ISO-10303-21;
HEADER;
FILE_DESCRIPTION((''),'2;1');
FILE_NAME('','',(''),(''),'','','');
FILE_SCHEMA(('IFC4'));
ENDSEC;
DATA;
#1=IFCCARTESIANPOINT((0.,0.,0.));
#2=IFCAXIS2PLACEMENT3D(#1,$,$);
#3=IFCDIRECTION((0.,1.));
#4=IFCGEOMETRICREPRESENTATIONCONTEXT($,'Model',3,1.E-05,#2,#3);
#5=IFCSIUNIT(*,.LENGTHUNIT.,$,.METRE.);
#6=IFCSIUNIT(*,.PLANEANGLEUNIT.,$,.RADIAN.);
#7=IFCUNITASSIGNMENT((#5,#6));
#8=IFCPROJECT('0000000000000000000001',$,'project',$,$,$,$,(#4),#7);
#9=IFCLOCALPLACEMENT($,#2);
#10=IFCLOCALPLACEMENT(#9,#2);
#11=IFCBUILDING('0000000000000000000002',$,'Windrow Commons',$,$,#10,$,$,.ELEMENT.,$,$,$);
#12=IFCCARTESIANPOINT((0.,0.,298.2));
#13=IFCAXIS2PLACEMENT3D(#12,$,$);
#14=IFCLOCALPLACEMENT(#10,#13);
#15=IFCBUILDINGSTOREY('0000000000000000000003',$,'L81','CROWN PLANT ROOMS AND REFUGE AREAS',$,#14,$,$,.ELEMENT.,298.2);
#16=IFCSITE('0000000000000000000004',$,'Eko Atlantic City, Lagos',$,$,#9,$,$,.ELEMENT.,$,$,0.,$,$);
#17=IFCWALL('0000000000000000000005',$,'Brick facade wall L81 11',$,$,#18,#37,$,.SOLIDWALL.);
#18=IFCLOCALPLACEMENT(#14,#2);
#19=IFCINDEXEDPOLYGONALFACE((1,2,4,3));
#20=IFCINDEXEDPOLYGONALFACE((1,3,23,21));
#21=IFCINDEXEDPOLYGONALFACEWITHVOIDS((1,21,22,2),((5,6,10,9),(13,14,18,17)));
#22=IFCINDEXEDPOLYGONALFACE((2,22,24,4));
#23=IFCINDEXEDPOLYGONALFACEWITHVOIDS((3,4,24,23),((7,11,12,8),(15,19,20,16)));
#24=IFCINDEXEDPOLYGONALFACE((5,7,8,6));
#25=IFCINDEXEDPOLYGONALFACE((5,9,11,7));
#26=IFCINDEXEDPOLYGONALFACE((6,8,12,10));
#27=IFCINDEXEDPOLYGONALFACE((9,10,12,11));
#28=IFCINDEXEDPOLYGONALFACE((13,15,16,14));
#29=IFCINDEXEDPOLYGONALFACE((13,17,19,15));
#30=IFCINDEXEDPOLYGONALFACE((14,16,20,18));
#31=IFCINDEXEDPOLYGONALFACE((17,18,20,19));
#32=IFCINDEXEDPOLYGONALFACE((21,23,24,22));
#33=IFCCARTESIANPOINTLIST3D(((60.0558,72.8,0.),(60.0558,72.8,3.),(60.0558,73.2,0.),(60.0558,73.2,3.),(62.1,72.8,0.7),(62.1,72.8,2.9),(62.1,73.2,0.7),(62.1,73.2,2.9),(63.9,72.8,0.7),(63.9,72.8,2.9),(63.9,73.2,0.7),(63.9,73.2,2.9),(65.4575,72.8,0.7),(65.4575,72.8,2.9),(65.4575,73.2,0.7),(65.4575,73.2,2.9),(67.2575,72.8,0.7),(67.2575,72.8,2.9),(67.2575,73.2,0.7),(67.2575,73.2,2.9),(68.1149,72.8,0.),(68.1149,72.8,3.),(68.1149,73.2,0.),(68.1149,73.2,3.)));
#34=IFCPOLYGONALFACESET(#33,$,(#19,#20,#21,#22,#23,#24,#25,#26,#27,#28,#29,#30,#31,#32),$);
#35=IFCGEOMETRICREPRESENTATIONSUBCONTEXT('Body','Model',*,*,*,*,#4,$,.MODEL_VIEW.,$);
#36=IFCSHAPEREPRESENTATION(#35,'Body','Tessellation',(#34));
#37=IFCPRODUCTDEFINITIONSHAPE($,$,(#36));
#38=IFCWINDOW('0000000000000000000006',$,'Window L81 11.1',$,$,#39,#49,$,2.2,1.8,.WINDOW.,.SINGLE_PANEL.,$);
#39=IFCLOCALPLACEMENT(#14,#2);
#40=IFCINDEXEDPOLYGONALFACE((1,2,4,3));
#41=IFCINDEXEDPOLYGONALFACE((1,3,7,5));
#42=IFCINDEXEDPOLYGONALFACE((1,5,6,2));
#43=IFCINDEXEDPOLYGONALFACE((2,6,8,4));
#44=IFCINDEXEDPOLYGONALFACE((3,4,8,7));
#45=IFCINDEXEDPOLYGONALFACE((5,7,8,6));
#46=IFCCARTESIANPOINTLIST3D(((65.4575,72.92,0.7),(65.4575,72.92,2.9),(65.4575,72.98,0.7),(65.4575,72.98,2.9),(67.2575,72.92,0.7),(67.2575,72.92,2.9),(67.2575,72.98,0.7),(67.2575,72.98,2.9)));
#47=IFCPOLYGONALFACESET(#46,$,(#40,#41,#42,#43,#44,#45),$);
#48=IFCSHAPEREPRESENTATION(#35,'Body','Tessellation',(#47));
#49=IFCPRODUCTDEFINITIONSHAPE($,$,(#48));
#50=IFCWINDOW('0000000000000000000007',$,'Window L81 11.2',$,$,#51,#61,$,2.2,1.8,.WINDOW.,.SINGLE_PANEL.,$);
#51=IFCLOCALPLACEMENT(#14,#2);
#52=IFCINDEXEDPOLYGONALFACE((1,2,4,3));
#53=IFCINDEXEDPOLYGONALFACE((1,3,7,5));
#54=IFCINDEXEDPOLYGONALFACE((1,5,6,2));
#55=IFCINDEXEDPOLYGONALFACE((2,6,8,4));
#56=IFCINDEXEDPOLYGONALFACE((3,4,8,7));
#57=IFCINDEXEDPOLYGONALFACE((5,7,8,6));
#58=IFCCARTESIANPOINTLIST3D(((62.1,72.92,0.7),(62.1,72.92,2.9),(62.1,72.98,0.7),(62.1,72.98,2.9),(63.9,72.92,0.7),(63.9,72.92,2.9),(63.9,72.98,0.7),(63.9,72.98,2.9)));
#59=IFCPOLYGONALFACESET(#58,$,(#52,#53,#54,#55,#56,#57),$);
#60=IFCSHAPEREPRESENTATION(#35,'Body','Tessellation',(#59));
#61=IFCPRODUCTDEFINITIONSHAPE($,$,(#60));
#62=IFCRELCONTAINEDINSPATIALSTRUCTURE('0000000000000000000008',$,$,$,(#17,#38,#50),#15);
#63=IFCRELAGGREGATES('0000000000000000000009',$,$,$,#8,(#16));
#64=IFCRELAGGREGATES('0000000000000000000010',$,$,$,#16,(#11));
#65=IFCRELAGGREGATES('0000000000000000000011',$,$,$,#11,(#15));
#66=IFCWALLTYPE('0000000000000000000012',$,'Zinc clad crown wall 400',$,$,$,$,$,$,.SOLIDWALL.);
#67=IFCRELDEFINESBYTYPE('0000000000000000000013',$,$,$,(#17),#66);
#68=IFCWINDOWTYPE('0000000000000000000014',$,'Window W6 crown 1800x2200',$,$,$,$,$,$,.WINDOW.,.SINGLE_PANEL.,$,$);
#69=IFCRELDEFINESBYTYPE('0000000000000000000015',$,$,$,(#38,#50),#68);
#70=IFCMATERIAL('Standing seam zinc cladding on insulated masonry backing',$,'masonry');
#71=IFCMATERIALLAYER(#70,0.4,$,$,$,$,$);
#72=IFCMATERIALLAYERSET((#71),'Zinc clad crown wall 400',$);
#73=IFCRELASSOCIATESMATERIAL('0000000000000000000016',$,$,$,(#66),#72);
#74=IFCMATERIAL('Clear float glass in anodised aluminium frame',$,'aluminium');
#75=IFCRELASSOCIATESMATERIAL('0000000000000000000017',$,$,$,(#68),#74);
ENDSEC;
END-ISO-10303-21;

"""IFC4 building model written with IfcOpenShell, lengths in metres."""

from ifc_helpers import new_model, si_unit, direction, frame, frame_2d, origin, place, context, subcontext, project, spatial, polyline, rectangle, outline, extrude, material, layer, layer_set, type_object, element, fill, save


model = new_model("IFC4")

# Units and contexts
model_context = context("Model", 3, precision=1e-05, world=origin(), true_north=direction((0.0, 1.0)))
body_context = subcontext(model_context, "Body", "Model", "MODEL_VIEW")
ifc_project = project(units=[si_unit("LENGTHUNIT", "METRE"), si_unit("PLANEANGLEUNIT", "RADIAN")], contexts=[model_context])

# Site, building, storey
site_placement = place(None, origin())
site = spatial("IfcSite", under=ifc_project, at=site_placement, Name="Eko Atlantic City, Lagos", CompositionType="ELEMENT", RefElevation=0.0)
building_placement = place(site_placement, origin())
building = spatial("IfcBuilding", under=site, at=building_placement, Name="Windrow Commons", CompositionType="ELEMENT")
storey_placement = place(building_placement, frame((0.0, 0.0, 298.2)))
storey = spatial("IfcBuildingStorey", under=building, at=storey_placement, Name="L81", Description="CROWN PLANT ROOMS AND REFUGE AREAS", CompositionType="ELEMENT", Elevation=298.2)

# Wall, openings, windows
ifc_material_1 = material(Name="Standing seam zinc cladding on insulated masonry backing", Category="masonry")
ifc_layer_1 = layer(ifc_material_1, 0.4)
ifc_layer_set_1 = layer_set([ifc_layer_1], Name="Zinc clad crown wall 400")
wall_type_1 = type_object("IfcWallType", Name="Zinc clad crown wall 400", PredefinedType="SOLIDWALL", material=ifc_layer_set_1)
wall_1_placement = place(storey_placement, frame((68.1149, 73.0, 0.0), z_axis=(0.0, 0.0, 1.0), x_axis=(-1.0, 0.0, 0.0)))
wall_1 = element("IfcWall", 1, at=wall_1_placement, inside=storey, type_object=wall_type_1, Name="Brick facade wall L81 11", PredefinedType="SOLIDWALL", context=body_context, shape_type="SweptSolid", body=[
    extrude(outline(polyline([(0.0, -0.2), (8.0591, -0.2), (8.0591, 0.2), (0.0, 0.2), (0.0, -0.2)])), origin(), (0.0, 0.0, 1.0), 3.0),
])
opening_1_placement = place(wall_1_placement, frame((0.8574, 0.0, 0.7)))
opening_1 = element("IfcOpeningElement", 2, at=opening_1_placement, cuts=wall_1, PredefinedType="OPENING", context=body_context, shape_type="SweptSolid", body=[
    extrude(rectangle(XDim=1.8, YDim=2.2, at=frame_2d((0.9, 1.1))), frame((0.0, 0.21, 0.0), z_axis=(0.0, -1.0, 0.0), x_axis=(1.0, 0.0, 0.0)), (0.0, 0.0, 1.0), 0.42),
])
opening_2_placement = place(wall_1_placement, frame((4.2149, 0.0, 0.7)))
opening_2 = element("IfcOpeningElement", 3, at=opening_2_placement, cuts=wall_1, PredefinedType="OPENING", context=body_context, shape_type="SweptSolid", body=[
    extrude(rectangle(XDim=1.8, YDim=2.2, at=frame_2d((0.9, 1.1))), frame((0.0, 0.21, 0.0), z_axis=(0.0, -1.0, 0.0), x_axis=(1.0, 0.0, 0.0)), (0.0, 0.0, 1.0), 0.42),
])
ifc_material_2 = material(Name="Clear float glass in anodised aluminium frame", Category="aluminium")
window_type = type_object("IfcWindowType", Name="Window W6 crown 1800x2200", PartitioningType="SINGLE_PANEL", PredefinedType="WINDOW", material=ifc_material_2)
window_1_placement = place(opening_1_placement, origin())
window_1 = element("IfcWindow", 4, at=window_1_placement, inside=storey, type_object=window_type, Name="Window L81 11.1", OverallHeight=2.2, OverallWidth=1.8, PartitioningType="SINGLE_PANEL", PredefinedType="WINDOW", context=body_context, shape_type="SweptSolid", body=[
    extrude(rectangle(XDim=1.8, YDim=2.2, at=frame_2d((0.9, 1.1))), frame((0.0, 0.08, 0.0), z_axis=(0.0, -1.0, 0.0), x_axis=(1.0, 0.0, 0.0)), (0.0, 0.0, 1.0), 0.06),
])
fill(opening_1, window_1)
window_2_placement = place(opening_2_placement, origin())
window_2 = element("IfcWindow", 5, at=window_2_placement, inside=storey, type_object=window_type, Name="Window L81 11.2", OverallHeight=2.2, OverallWidth=1.8, PartitioningType="SINGLE_PANEL", PredefinedType="WINDOW", context=body_context, shape_type="SweptSolid", body=[
    extrude(rectangle(XDim=1.8, YDim=2.2, at=frame_2d((0.9, 1.1))), frame((0.0, 0.08, 0.0), z_axis=(0.0, -1.0, 0.0), x_axis=(1.0, 0.0, 0.0)), (0.0, 0.0, 1.0), 0.06),
])
fill(opening_2, window_2)

save(model, "model.ifc")
